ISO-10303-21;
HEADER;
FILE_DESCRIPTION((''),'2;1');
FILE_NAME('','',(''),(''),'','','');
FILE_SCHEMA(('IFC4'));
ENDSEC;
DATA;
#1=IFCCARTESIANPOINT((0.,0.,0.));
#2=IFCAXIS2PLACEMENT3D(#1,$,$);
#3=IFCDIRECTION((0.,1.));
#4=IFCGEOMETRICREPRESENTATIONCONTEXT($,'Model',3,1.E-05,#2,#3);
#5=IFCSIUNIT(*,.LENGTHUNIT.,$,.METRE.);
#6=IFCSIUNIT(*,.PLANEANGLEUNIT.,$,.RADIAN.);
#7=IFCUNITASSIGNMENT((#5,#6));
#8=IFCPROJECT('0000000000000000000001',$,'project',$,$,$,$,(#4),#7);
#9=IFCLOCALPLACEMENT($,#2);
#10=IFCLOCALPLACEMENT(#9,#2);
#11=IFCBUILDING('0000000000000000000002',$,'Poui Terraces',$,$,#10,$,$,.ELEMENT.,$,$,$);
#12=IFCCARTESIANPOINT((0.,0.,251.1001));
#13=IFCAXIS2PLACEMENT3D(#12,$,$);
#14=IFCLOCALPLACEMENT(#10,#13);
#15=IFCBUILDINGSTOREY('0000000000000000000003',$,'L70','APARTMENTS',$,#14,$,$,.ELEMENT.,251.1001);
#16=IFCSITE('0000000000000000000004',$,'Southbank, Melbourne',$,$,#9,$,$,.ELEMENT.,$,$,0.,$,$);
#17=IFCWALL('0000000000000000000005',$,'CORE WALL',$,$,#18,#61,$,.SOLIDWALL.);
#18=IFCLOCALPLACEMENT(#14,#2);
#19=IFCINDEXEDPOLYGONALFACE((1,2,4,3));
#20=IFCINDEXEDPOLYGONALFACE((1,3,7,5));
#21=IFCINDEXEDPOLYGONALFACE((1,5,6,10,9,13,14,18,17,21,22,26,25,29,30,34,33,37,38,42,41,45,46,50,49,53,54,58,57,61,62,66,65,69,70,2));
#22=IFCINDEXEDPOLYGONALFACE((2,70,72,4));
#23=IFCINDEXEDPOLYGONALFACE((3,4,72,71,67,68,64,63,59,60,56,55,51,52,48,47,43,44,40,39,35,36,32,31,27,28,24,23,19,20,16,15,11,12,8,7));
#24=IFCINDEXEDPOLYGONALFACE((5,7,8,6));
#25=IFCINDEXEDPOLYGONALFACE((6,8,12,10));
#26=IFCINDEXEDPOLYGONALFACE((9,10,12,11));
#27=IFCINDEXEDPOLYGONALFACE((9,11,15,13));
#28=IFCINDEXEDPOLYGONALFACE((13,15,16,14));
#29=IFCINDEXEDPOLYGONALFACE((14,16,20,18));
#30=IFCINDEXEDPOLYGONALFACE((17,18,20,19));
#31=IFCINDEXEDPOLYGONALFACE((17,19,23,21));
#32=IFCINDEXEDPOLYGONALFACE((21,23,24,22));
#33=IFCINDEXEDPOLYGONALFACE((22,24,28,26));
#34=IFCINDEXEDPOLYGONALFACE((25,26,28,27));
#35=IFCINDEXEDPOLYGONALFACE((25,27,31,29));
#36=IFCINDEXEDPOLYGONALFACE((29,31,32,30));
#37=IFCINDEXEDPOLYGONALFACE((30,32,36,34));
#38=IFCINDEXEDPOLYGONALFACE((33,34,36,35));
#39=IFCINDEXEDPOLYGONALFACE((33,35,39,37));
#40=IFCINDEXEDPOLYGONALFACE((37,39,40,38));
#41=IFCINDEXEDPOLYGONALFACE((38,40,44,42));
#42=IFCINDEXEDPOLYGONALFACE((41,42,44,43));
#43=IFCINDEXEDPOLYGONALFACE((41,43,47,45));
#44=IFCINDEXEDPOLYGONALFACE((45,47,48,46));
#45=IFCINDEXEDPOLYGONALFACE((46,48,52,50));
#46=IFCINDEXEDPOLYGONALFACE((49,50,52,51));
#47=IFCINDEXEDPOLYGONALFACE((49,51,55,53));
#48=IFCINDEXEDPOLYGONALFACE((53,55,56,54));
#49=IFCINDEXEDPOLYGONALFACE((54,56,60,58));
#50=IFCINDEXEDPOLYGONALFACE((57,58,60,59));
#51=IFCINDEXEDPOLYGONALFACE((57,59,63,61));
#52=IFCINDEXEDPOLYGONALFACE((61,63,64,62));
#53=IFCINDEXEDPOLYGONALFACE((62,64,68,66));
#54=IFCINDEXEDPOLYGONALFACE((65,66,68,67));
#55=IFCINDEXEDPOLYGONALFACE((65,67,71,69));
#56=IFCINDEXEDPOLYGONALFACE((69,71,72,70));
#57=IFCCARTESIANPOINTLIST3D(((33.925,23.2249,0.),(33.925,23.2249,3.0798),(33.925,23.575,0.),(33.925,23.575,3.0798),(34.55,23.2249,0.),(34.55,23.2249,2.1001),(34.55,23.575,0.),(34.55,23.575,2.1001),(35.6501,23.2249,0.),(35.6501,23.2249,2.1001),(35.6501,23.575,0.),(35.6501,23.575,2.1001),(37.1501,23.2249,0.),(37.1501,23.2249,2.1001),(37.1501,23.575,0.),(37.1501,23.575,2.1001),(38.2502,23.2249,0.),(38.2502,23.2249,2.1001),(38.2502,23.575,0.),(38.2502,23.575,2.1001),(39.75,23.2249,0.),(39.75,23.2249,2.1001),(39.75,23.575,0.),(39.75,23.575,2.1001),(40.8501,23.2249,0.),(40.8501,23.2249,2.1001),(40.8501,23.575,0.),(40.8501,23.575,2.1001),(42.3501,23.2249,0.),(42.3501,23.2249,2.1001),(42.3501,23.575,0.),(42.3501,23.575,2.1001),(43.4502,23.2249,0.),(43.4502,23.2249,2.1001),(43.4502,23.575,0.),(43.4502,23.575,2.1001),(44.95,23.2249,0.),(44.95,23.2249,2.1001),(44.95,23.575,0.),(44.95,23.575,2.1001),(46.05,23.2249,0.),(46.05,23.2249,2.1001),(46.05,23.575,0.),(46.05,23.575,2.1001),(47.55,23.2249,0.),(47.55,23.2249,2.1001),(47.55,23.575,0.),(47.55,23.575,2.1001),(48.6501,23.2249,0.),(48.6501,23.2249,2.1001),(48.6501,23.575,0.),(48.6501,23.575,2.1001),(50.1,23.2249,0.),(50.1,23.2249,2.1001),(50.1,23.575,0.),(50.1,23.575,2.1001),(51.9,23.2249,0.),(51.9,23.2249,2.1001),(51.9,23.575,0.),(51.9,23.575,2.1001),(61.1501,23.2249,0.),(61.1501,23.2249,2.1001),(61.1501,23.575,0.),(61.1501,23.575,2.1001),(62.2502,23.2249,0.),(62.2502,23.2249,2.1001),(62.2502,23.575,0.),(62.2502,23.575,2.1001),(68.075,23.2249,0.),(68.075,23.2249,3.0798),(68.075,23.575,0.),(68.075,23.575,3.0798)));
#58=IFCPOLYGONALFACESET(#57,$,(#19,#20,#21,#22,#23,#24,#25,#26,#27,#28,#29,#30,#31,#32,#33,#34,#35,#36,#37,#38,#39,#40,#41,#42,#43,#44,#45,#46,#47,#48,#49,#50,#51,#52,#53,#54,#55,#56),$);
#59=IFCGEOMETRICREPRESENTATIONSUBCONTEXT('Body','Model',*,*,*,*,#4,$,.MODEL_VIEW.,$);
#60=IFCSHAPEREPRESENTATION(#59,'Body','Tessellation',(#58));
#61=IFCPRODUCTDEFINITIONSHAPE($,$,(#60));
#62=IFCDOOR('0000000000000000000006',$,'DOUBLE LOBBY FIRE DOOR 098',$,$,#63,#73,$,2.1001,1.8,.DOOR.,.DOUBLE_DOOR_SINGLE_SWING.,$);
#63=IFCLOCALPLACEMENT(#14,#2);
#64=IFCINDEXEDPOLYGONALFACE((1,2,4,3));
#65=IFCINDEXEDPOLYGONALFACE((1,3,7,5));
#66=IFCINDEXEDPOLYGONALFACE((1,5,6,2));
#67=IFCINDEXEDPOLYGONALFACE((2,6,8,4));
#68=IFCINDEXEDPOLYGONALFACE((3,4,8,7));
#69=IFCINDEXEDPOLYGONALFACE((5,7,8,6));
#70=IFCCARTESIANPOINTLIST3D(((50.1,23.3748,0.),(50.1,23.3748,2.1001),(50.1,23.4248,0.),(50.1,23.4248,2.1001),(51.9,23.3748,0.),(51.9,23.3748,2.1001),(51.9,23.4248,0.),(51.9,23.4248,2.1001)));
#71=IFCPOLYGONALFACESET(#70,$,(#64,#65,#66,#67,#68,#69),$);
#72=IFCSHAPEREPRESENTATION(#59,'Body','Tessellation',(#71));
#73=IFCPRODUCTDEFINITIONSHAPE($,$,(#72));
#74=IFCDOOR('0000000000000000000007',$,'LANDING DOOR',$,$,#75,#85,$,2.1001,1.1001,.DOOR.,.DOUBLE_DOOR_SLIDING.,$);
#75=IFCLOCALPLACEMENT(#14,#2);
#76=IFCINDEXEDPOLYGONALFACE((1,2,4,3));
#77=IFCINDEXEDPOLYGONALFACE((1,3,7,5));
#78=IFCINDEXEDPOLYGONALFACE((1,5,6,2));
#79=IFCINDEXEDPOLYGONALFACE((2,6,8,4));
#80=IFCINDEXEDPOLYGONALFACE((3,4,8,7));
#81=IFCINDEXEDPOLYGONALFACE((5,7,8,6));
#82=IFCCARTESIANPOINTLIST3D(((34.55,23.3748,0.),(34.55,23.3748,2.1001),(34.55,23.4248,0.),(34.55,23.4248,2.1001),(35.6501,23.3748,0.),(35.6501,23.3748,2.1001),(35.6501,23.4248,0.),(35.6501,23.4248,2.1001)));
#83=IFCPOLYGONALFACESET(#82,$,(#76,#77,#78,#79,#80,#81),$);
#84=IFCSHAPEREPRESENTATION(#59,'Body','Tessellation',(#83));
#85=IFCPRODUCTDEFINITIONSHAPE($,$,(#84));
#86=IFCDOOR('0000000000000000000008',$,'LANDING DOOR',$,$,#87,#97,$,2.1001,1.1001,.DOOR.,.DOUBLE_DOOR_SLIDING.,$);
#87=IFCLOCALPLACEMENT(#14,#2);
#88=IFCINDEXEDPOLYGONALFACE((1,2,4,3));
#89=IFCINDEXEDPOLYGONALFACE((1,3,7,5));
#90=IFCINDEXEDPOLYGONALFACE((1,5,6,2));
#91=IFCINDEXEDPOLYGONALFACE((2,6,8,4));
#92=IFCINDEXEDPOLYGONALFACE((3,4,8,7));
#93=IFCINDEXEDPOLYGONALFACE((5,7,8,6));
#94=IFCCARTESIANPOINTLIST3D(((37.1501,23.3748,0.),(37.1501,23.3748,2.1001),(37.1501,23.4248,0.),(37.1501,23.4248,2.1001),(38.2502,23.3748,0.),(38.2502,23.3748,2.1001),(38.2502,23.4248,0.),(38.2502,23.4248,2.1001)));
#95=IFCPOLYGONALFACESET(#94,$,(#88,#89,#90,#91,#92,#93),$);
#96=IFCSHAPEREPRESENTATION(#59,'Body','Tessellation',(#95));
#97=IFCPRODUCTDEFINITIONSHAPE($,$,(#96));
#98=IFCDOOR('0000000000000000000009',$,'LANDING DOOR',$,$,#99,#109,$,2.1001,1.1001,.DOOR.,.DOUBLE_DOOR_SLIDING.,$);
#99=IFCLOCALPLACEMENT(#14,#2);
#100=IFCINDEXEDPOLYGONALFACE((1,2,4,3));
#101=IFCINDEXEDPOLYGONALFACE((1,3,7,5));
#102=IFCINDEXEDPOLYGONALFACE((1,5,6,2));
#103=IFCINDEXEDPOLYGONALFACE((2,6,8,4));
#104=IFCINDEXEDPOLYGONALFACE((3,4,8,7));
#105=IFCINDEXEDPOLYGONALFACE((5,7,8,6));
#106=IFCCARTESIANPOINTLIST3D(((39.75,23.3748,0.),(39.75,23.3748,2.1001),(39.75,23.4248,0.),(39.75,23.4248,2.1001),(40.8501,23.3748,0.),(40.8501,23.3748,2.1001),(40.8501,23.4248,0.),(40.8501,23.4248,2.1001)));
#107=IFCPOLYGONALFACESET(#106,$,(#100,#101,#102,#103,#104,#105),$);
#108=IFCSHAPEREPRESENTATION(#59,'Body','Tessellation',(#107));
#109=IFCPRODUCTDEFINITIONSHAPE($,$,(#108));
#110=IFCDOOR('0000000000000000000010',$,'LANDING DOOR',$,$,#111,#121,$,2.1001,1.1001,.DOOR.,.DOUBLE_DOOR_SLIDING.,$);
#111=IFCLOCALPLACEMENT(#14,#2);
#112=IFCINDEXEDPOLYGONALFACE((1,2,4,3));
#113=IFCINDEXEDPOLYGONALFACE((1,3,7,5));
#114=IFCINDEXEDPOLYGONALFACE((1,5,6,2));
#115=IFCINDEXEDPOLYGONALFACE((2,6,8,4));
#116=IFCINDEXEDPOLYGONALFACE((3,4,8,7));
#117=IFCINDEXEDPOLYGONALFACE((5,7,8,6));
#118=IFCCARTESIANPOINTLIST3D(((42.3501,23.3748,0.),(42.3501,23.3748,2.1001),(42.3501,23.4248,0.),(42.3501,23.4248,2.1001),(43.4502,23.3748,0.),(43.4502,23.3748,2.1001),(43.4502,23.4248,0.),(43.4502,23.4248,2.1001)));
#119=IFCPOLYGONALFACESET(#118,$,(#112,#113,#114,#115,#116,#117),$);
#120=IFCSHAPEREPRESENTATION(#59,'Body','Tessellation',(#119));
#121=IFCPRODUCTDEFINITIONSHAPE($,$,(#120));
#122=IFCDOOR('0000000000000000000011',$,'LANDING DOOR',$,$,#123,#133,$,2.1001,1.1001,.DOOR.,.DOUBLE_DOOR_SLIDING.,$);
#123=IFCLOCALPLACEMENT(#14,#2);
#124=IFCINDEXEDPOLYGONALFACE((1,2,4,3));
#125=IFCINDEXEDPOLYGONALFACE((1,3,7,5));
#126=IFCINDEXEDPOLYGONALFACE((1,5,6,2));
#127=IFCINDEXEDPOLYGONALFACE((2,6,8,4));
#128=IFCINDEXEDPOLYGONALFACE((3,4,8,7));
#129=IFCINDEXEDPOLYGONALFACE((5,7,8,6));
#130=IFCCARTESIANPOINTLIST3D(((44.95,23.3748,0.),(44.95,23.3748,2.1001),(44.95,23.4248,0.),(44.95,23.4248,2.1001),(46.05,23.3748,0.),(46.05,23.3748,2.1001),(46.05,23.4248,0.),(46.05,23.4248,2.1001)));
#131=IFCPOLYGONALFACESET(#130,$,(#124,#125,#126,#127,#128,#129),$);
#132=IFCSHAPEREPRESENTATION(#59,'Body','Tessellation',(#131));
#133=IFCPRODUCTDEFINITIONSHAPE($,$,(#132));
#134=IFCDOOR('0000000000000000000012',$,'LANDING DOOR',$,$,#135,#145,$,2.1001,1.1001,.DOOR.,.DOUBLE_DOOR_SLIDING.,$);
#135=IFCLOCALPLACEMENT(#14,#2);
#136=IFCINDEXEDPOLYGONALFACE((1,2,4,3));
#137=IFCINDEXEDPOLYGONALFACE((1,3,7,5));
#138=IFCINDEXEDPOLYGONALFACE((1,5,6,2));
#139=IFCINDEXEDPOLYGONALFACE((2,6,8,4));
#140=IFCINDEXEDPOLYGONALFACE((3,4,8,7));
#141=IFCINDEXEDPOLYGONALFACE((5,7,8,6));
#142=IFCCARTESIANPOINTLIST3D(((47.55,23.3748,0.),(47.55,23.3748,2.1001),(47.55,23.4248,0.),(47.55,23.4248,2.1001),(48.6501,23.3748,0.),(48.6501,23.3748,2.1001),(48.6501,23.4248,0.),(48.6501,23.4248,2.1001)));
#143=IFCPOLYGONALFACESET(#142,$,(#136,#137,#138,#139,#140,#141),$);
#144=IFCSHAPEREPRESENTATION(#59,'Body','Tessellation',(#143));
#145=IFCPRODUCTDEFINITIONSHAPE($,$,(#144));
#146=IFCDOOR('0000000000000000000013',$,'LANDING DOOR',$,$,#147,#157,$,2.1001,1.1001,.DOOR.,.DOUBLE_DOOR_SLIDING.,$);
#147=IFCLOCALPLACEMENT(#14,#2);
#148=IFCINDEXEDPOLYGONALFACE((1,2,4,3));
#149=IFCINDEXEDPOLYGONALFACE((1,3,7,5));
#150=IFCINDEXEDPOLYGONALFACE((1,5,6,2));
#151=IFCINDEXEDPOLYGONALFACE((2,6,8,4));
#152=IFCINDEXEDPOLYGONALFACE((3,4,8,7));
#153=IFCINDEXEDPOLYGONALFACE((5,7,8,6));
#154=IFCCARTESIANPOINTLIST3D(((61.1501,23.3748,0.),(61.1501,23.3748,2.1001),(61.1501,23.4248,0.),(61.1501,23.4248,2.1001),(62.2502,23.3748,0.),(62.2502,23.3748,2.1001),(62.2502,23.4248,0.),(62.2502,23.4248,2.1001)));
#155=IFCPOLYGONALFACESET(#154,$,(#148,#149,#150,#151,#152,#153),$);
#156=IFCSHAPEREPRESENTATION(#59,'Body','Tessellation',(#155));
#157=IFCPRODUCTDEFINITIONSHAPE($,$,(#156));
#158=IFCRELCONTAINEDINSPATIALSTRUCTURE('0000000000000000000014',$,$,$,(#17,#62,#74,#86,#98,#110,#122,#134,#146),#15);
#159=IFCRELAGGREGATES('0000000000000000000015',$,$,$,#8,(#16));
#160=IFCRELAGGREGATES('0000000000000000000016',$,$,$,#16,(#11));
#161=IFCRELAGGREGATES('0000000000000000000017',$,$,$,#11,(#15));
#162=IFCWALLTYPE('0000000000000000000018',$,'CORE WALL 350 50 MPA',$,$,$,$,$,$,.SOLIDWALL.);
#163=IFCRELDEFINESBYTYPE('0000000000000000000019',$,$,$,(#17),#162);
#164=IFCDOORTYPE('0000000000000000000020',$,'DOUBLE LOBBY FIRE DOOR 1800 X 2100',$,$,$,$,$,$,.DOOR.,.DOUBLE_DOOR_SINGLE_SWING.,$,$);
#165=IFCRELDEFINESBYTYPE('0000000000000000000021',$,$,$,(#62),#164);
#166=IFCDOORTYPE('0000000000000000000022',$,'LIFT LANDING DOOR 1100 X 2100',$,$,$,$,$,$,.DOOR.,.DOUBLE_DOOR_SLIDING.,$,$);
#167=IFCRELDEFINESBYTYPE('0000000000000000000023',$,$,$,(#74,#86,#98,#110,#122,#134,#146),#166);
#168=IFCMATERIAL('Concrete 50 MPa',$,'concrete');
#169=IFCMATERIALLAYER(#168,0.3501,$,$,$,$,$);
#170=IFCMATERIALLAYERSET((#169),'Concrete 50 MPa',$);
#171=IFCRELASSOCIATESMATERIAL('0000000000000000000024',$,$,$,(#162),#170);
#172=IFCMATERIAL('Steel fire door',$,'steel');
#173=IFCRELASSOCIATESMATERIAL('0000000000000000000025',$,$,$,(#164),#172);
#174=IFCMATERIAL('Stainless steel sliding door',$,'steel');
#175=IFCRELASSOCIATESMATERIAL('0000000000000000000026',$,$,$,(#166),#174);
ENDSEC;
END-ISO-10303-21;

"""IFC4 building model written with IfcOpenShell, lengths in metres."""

from ifc_helpers import new_model, si_unit, direction, frame, frame_2d, origin, place, context, subcontext, project, spatial, rectangle, extrude, material, layer, layer_set, type_object, element, fill, save


model = new_model("IFC4")

# Units and contexts
model_context = context("Model", 3, precision=1e-05, world=origin(), true_north=direction((0.0, 1.0)))
body_context = subcontext(model_context, "Body", "Model", "MODEL_VIEW")
ifc_project = project(units=[si_unit("LENGTHUNIT", "METRE"), si_unit("PLANEANGLEUNIT", "RADIAN")], contexts=[model_context])

# Site, building, storey
site_placement = place(None, origin())
site = spatial("IfcSite", under=ifc_project, at=site_placement, Name="Southbank, Melbourne", CompositionType="ELEMENT", RefElevation=0.0)
building_placement = place(site_placement, origin())
building = spatial("IfcBuilding", under=site, at=building_placement, Name="Poui Terraces", CompositionType="ELEMENT")
storey_placement = place(building_placement, frame((0.0, 0.0, 251.1001)))
storey = spatial("IfcBuildingStorey", under=building, at=storey_placement, Name="L70", Description="APARTMENTS", CompositionType="ELEMENT", Elevation=251.1001)

# Shared definitions
ifc_material_1 = material(Name="Concrete 50 MPa", Category="concrete")

# Wall, openings, doors
ifc_layer_1 = layer(ifc_material_1, 0.3501)
ifc_layer_set_1 = layer_set([ifc_layer_1], Name="Concrete 50 MPa")
wall_type_1 = type_object("IfcWallType", Name="CORE WALL 350 50 MPA", PredefinedType="SOLIDWALL", material=ifc_layer_set_1)
wall_1_placement = place(storey_placement, frame((33.925, 23.3999, 0.0), z_axis=(0.0, 0.0, 1.0), x_axis=(1.0, 0.0, 0.0)))
wall_1 = element("IfcWall", 1, at=wall_1_placement, inside=storey, type_object=wall_type_1, Name="CORE WALL", PredefinedType="SOLIDWALL", context=body_context, shape_type="SweptSolid", body=[
    extrude(rectangle(XDim=34.1499, YDim=0.3501, at=frame_2d((17.075, 0.0))), origin(), (0.0, 0.0, 1.0), 3.0798),
])
opening_1_placement = place(wall_1_placement, frame((16.175, 0.0, 0.0)))
opening_1 = element("IfcOpeningElement", 2, at=opening_1_placement, cuts=wall_1, PredefinedType="OPENING", context=body_context, shape_type="SweptSolid", body=[
    extrude(rectangle(XDim=1.8, YDim=2.1001, at=frame_2d((0.8999, 1.05))), frame((0.0, 0.1851, 0.0), z_axis=(0.0, -1.0, 0.0), x_axis=(1.0, 0.0, 0.0)), (0.0, 0.0, 1.0), 0.3701),
])
opening_2_placement = place(wall_1_placement, frame((0.625, 0.0, 0.0)))
opening_2 = element("IfcOpeningElement", 3, at=opening_2_placement, cuts=wall_1, PredefinedType="OPENING", context=body_context, shape_type="SweptSolid", body=[
    extrude(rectangle(XDim=1.1001, YDim=2.1001, at=frame_2d((0.55, 1.05))), frame((0.0, 0.1851, 0.0), z_axis=(0.0, -1.0, 0.0), x_axis=(1.0, 0.0, 0.0)), (0.0, 0.0, 1.0), 0.3701),
])
opening_3_placement = place(wall_1_placement, frame((3.2251, 0.0, 0.0)))
opening_3 = element("IfcOpeningElement", 4, at=opening_3_placement, cuts=wall_1, PredefinedType="OPENING", context=body_context, shape_type="SweptSolid", body=[
    extrude(rectangle(XDim=1.1001, YDim=2.1001, at=frame_2d((0.55, 1.05))), frame((0.0, 0.1851, 0.0), z_axis=(0.0, -1.0, 0.0), x_axis=(1.0, 0.0, 0.0)), (0.0, 0.0, 1.0), 0.3701),
])
opening_4_placement = place(wall_1_placement, frame((5.825, 0.0, 0.0)))
opening_4 = element("IfcOpeningElement", 5, at=opening_4_placement, cuts=wall_1, PredefinedType="OPENING", context=body_context, shape_type="SweptSolid", body=[
    extrude(rectangle(XDim=1.1001, YDim=2.1001, at=frame_2d((0.55, 1.05))), frame((0.0, 0.1851, 0.0), z_axis=(0.0, -1.0, 0.0), x_axis=(1.0, 0.0, 0.0)), (0.0, 0.0, 1.0), 0.3701),
])
opening_5_placement = place(wall_1_placement, frame((8.425, 0.0, 0.0)))
opening_5 = element("IfcOpeningElement", 6, at=opening_5_placement, cuts=wall_1, PredefinedType="OPENING", context=body_context, shape_type="SweptSolid", body=[
    extrude(rectangle(XDim=1.1001, YDim=2.1001, at=frame_2d((0.55, 1.05))), frame((0.0, 0.1851, 0.0), z_axis=(0.0, -1.0, 0.0), x_axis=(1.0, 0.0, 0.0)), (0.0, 0.0, 1.0), 0.3701),
])
opening_6_placement = place(wall_1_placement, frame((11.0249, 0.0, 0.0)))
opening_6 = element("IfcOpeningElement", 7, at=opening_6_placement, cuts=wall_1, PredefinedType="OPENING", context=body_context, shape_type="SweptSolid", body=[
    extrude(rectangle(XDim=1.1001, YDim=2.1001, at=frame_2d((0.55, 1.05))), frame((0.0, 0.1851, 0.0), z_axis=(0.0, -1.0, 0.0), x_axis=(1.0, 0.0, 0.0)), (0.0, 0.0, 1.0), 0.3701),
])
opening_7_placement = place(wall_1_placement, frame((13.625, 0.0, 0.0)))
opening_7 = element("IfcOpeningElement", 8, at=opening_7_placement, cuts=wall_1, PredefinedType="OPENING", context=body_context, shape_type="SweptSolid", body=[
    extrude(rectangle(XDim=1.1001, YDim=2.1001, at=frame_2d((0.55, 1.05))), frame((0.0, 0.1851, 0.0), z_axis=(0.0, -1.0, 0.0), x_axis=(1.0, 0.0, 0.0)), (0.0, 0.0, 1.0), 0.3701),
])
opening_8_placement = place(wall_1_placement, frame((27.2251, 0.0, 0.0)))
opening_8 = element("IfcOpeningElement", 9, at=opening_8_placement, cuts=wall_1, PredefinedType="OPENING", context=body_context, shape_type="SweptSolid", body=[
    extrude(rectangle(XDim=1.1001, YDim=2.1001, at=frame_2d((0.55, 1.05))), frame((0.0, 0.1851, 0.0), z_axis=(0.0, -1.0, 0.0), x_axis=(1.0, 0.0, 0.0)), (0.0, 0.0, 1.0), 0.3701),
])
ifc_material_2 = material(Name="Steel fire door", Category="steel")
door_type_1 = type_object("IfcDoorType", Name="DOUBLE LOBBY FIRE DOOR 1800 X 2100", OperationType="DOUBLE_DOOR_SINGLE_SWING", PredefinedType="DOOR", material=ifc_material_2)
door_1_placement = place(opening_1_placement, origin())
door_1 = element("IfcDoor", 10, at=door_1_placement, inside=storey, type_object=door_type_1, Name="DOUBLE LOBBY FIRE DOOR 098", OperationType="DOUBLE_DOOR_SINGLE_SWING", OverallHeight=2.1001, OverallWidth=1.8, PredefinedType="DOOR", context=body_context, shape_type="SweptSolid", body=[
    extrude(rectangle(XDim=1.8, YDim=2.1001, at=frame_2d((0.8999, 1.05))), frame((0.0, 0.0249, 0.0), z_axis=(0.0, -1.0, 0.0), x_axis=(1.0, 0.0, 0.0)), (0.0, 0.0, 1.0), 0.05),
])
fill(opening_1, door_1)
ifc_material_3 = material(Name="Stainless steel sliding door", Category="steel")
door_type_2 = type_object("IfcDoorType", Name="LIFT LANDING DOOR 1100 X 2100", OperationType="DOUBLE_DOOR_SLIDING", PredefinedType="DOOR", material=ifc_material_3)
door_2_placement = place(opening_2_placement, origin())
door_2 = element("IfcDoor", 11, at=door_2_placement, inside=storey, type_object=door_type_2, Name="LANDING DOOR", OperationType="DOUBLE_DOOR_SLIDING", OverallHeight=2.1001, OverallWidth=1.1001, PredefinedType="DOOR", context=body_context, shape_type="SweptSolid", body=[
    extrude(rectangle(XDim=1.1001, YDim=2.1001, at=frame_2d((0.55, 1.05))), frame((0.0, 0.0249, 0.0), z_axis=(0.0, -1.0, 0.0), x_axis=(1.0, 0.0, 0.0)), (0.0, 0.0, 1.0), 0.05),
])
fill(opening_2, door_2)
door_3_placement = place(opening_3_placement, origin())
door_3 = element("IfcDoor", 12, at=door_3_placement, inside=storey, type_object=door_type_2, Name="LANDING DOOR", OperationType="DOUBLE_DOOR_SLIDING", OverallHeight=2.1001, OverallWidth=1.1001, PredefinedType="DOOR", context=body_context, shape_type="SweptSolid", body=[
    extrude(rectangle(XDim=1.1001, YDim=2.1001, at=frame_2d((0.55, 1.05))), frame((0.0, 0.0249, 0.0), z_axis=(0.0, -1.0, 0.0), x_axis=(1.0, 0.0, 0.0)), (0.0, 0.0, 1.0), 0.05),
])
fill(opening_3, door_3)
door_4_placement = place(opening_4_placement, origin())
door_4 = element("IfcDoor", 13, at=door_4_placement, inside=storey, type_object=door_type_2, Name="LANDING DOOR", OperationType="DOUBLE_DOOR_SLIDING", OverallHeight=2.1001, OverallWidth=1.1001, PredefinedType="DOOR", context=body_context, shape_type="SweptSolid", body=[
    extrude(rectangle(XDim=1.1001, YDim=2.1001, at=frame_2d((0.55, 1.05))), frame((0.0, 0.0249, 0.0), z_axis=(0.0, -1.0, 0.0), x_axis=(1.0, 0.0, 0.0)), (0.0, 0.0, 1.0), 0.05),
])
fill(opening_4, door_4)
door_5_placement = place(opening_5_placement, origin())
door_5 = element("IfcDoor", 14, at=door_5_placement, inside=storey, type_object=door_type_2, Name="LANDING DOOR", OperationType="DOUBLE_DOOR_SLIDING", OverallHeight=2.1001, OverallWidth=1.1001, PredefinedType="DOOR", context=body_context, shape_type="SweptSolid", body=[
    extrude(rectangle(XDim=1.1001, YDim=2.1001, at=frame_2d((0.55, 1.05))), frame((0.0, 0.0249, 0.0), z_axis=(0.0, -1.0, 0.0), x_axis=(1.0, 0.0, 0.0)), (0.0, 0.0, 1.0), 0.05),
])
fill(opening_5, door_5)
door_6_placement = place(opening_6_placement, origin())
door_6 = element("IfcDoor", 15, at=door_6_placement, inside=storey, type_object=door_type_2, Name="LANDING DOOR", OperationType="DOUBLE_DOOR_SLIDING", OverallHeight=2.1001, OverallWidth=1.1001, PredefinedType="DOOR", context=body_context, shape_type="SweptSolid", body=[
    extrude(rectangle(XDim=1.1001, YDim=2.1001, at=frame_2d((0.55, 1.05))), frame((0.0, 0.0249, 0.0), z_axis=(0.0, -1.0, 0.0), x_axis=(1.0, 0.0, 0.0)), (0.0, 0.0, 1.0), 0.05),
])
fill(opening_6, door_6)
door_7_placement = place(opening_7_placement, origin())
door_7 = element("IfcDoor", 16, at=door_7_placement, inside=storey, type_object=door_type_2, Name="LANDING DOOR", OperationType="DOUBLE_DOOR_SLIDING", OverallHeight=2.1001, OverallWidth=1.1001, PredefinedType="DOOR", context=body_context, shape_type="SweptSolid", body=[
    extrude(rectangle(XDim=1.1001, YDim=2.1001, at=frame_2d((0.55, 1.05))), frame((0.0, 0.0249, 0.0), z_axis=(0.0, -1.0, 0.0), x_axis=(1.0, 0.0, 0.0)), (0.0, 0.0, 1.0), 0.05),
])
fill(opening_7, door_7)
door_8_placement = place(opening_8_placement, origin())
door_8 = element("IfcDoor", 17, at=door_8_placement, inside=storey, type_object=door_type_2, Name="LANDING DOOR", OperationType="DOUBLE_DOOR_SLIDING", OverallHeight=2.1001, OverallWidth=1.1001, PredefinedType="DOOR", context=body_context, shape_type="SweptSolid", body=[
    extrude(rectangle(XDim=1.1001, YDim=2.1001, at=frame_2d((0.55, 1.05))), frame((0.0, 0.0249, 0.0), z_axis=(0.0, -1.0, 0.0), x_axis=(1.0, 0.0, 0.0)), (0.0, 0.0, 1.0), 0.05),
])
fill(opening_8, door_8)

save(model, "model.ifc")
